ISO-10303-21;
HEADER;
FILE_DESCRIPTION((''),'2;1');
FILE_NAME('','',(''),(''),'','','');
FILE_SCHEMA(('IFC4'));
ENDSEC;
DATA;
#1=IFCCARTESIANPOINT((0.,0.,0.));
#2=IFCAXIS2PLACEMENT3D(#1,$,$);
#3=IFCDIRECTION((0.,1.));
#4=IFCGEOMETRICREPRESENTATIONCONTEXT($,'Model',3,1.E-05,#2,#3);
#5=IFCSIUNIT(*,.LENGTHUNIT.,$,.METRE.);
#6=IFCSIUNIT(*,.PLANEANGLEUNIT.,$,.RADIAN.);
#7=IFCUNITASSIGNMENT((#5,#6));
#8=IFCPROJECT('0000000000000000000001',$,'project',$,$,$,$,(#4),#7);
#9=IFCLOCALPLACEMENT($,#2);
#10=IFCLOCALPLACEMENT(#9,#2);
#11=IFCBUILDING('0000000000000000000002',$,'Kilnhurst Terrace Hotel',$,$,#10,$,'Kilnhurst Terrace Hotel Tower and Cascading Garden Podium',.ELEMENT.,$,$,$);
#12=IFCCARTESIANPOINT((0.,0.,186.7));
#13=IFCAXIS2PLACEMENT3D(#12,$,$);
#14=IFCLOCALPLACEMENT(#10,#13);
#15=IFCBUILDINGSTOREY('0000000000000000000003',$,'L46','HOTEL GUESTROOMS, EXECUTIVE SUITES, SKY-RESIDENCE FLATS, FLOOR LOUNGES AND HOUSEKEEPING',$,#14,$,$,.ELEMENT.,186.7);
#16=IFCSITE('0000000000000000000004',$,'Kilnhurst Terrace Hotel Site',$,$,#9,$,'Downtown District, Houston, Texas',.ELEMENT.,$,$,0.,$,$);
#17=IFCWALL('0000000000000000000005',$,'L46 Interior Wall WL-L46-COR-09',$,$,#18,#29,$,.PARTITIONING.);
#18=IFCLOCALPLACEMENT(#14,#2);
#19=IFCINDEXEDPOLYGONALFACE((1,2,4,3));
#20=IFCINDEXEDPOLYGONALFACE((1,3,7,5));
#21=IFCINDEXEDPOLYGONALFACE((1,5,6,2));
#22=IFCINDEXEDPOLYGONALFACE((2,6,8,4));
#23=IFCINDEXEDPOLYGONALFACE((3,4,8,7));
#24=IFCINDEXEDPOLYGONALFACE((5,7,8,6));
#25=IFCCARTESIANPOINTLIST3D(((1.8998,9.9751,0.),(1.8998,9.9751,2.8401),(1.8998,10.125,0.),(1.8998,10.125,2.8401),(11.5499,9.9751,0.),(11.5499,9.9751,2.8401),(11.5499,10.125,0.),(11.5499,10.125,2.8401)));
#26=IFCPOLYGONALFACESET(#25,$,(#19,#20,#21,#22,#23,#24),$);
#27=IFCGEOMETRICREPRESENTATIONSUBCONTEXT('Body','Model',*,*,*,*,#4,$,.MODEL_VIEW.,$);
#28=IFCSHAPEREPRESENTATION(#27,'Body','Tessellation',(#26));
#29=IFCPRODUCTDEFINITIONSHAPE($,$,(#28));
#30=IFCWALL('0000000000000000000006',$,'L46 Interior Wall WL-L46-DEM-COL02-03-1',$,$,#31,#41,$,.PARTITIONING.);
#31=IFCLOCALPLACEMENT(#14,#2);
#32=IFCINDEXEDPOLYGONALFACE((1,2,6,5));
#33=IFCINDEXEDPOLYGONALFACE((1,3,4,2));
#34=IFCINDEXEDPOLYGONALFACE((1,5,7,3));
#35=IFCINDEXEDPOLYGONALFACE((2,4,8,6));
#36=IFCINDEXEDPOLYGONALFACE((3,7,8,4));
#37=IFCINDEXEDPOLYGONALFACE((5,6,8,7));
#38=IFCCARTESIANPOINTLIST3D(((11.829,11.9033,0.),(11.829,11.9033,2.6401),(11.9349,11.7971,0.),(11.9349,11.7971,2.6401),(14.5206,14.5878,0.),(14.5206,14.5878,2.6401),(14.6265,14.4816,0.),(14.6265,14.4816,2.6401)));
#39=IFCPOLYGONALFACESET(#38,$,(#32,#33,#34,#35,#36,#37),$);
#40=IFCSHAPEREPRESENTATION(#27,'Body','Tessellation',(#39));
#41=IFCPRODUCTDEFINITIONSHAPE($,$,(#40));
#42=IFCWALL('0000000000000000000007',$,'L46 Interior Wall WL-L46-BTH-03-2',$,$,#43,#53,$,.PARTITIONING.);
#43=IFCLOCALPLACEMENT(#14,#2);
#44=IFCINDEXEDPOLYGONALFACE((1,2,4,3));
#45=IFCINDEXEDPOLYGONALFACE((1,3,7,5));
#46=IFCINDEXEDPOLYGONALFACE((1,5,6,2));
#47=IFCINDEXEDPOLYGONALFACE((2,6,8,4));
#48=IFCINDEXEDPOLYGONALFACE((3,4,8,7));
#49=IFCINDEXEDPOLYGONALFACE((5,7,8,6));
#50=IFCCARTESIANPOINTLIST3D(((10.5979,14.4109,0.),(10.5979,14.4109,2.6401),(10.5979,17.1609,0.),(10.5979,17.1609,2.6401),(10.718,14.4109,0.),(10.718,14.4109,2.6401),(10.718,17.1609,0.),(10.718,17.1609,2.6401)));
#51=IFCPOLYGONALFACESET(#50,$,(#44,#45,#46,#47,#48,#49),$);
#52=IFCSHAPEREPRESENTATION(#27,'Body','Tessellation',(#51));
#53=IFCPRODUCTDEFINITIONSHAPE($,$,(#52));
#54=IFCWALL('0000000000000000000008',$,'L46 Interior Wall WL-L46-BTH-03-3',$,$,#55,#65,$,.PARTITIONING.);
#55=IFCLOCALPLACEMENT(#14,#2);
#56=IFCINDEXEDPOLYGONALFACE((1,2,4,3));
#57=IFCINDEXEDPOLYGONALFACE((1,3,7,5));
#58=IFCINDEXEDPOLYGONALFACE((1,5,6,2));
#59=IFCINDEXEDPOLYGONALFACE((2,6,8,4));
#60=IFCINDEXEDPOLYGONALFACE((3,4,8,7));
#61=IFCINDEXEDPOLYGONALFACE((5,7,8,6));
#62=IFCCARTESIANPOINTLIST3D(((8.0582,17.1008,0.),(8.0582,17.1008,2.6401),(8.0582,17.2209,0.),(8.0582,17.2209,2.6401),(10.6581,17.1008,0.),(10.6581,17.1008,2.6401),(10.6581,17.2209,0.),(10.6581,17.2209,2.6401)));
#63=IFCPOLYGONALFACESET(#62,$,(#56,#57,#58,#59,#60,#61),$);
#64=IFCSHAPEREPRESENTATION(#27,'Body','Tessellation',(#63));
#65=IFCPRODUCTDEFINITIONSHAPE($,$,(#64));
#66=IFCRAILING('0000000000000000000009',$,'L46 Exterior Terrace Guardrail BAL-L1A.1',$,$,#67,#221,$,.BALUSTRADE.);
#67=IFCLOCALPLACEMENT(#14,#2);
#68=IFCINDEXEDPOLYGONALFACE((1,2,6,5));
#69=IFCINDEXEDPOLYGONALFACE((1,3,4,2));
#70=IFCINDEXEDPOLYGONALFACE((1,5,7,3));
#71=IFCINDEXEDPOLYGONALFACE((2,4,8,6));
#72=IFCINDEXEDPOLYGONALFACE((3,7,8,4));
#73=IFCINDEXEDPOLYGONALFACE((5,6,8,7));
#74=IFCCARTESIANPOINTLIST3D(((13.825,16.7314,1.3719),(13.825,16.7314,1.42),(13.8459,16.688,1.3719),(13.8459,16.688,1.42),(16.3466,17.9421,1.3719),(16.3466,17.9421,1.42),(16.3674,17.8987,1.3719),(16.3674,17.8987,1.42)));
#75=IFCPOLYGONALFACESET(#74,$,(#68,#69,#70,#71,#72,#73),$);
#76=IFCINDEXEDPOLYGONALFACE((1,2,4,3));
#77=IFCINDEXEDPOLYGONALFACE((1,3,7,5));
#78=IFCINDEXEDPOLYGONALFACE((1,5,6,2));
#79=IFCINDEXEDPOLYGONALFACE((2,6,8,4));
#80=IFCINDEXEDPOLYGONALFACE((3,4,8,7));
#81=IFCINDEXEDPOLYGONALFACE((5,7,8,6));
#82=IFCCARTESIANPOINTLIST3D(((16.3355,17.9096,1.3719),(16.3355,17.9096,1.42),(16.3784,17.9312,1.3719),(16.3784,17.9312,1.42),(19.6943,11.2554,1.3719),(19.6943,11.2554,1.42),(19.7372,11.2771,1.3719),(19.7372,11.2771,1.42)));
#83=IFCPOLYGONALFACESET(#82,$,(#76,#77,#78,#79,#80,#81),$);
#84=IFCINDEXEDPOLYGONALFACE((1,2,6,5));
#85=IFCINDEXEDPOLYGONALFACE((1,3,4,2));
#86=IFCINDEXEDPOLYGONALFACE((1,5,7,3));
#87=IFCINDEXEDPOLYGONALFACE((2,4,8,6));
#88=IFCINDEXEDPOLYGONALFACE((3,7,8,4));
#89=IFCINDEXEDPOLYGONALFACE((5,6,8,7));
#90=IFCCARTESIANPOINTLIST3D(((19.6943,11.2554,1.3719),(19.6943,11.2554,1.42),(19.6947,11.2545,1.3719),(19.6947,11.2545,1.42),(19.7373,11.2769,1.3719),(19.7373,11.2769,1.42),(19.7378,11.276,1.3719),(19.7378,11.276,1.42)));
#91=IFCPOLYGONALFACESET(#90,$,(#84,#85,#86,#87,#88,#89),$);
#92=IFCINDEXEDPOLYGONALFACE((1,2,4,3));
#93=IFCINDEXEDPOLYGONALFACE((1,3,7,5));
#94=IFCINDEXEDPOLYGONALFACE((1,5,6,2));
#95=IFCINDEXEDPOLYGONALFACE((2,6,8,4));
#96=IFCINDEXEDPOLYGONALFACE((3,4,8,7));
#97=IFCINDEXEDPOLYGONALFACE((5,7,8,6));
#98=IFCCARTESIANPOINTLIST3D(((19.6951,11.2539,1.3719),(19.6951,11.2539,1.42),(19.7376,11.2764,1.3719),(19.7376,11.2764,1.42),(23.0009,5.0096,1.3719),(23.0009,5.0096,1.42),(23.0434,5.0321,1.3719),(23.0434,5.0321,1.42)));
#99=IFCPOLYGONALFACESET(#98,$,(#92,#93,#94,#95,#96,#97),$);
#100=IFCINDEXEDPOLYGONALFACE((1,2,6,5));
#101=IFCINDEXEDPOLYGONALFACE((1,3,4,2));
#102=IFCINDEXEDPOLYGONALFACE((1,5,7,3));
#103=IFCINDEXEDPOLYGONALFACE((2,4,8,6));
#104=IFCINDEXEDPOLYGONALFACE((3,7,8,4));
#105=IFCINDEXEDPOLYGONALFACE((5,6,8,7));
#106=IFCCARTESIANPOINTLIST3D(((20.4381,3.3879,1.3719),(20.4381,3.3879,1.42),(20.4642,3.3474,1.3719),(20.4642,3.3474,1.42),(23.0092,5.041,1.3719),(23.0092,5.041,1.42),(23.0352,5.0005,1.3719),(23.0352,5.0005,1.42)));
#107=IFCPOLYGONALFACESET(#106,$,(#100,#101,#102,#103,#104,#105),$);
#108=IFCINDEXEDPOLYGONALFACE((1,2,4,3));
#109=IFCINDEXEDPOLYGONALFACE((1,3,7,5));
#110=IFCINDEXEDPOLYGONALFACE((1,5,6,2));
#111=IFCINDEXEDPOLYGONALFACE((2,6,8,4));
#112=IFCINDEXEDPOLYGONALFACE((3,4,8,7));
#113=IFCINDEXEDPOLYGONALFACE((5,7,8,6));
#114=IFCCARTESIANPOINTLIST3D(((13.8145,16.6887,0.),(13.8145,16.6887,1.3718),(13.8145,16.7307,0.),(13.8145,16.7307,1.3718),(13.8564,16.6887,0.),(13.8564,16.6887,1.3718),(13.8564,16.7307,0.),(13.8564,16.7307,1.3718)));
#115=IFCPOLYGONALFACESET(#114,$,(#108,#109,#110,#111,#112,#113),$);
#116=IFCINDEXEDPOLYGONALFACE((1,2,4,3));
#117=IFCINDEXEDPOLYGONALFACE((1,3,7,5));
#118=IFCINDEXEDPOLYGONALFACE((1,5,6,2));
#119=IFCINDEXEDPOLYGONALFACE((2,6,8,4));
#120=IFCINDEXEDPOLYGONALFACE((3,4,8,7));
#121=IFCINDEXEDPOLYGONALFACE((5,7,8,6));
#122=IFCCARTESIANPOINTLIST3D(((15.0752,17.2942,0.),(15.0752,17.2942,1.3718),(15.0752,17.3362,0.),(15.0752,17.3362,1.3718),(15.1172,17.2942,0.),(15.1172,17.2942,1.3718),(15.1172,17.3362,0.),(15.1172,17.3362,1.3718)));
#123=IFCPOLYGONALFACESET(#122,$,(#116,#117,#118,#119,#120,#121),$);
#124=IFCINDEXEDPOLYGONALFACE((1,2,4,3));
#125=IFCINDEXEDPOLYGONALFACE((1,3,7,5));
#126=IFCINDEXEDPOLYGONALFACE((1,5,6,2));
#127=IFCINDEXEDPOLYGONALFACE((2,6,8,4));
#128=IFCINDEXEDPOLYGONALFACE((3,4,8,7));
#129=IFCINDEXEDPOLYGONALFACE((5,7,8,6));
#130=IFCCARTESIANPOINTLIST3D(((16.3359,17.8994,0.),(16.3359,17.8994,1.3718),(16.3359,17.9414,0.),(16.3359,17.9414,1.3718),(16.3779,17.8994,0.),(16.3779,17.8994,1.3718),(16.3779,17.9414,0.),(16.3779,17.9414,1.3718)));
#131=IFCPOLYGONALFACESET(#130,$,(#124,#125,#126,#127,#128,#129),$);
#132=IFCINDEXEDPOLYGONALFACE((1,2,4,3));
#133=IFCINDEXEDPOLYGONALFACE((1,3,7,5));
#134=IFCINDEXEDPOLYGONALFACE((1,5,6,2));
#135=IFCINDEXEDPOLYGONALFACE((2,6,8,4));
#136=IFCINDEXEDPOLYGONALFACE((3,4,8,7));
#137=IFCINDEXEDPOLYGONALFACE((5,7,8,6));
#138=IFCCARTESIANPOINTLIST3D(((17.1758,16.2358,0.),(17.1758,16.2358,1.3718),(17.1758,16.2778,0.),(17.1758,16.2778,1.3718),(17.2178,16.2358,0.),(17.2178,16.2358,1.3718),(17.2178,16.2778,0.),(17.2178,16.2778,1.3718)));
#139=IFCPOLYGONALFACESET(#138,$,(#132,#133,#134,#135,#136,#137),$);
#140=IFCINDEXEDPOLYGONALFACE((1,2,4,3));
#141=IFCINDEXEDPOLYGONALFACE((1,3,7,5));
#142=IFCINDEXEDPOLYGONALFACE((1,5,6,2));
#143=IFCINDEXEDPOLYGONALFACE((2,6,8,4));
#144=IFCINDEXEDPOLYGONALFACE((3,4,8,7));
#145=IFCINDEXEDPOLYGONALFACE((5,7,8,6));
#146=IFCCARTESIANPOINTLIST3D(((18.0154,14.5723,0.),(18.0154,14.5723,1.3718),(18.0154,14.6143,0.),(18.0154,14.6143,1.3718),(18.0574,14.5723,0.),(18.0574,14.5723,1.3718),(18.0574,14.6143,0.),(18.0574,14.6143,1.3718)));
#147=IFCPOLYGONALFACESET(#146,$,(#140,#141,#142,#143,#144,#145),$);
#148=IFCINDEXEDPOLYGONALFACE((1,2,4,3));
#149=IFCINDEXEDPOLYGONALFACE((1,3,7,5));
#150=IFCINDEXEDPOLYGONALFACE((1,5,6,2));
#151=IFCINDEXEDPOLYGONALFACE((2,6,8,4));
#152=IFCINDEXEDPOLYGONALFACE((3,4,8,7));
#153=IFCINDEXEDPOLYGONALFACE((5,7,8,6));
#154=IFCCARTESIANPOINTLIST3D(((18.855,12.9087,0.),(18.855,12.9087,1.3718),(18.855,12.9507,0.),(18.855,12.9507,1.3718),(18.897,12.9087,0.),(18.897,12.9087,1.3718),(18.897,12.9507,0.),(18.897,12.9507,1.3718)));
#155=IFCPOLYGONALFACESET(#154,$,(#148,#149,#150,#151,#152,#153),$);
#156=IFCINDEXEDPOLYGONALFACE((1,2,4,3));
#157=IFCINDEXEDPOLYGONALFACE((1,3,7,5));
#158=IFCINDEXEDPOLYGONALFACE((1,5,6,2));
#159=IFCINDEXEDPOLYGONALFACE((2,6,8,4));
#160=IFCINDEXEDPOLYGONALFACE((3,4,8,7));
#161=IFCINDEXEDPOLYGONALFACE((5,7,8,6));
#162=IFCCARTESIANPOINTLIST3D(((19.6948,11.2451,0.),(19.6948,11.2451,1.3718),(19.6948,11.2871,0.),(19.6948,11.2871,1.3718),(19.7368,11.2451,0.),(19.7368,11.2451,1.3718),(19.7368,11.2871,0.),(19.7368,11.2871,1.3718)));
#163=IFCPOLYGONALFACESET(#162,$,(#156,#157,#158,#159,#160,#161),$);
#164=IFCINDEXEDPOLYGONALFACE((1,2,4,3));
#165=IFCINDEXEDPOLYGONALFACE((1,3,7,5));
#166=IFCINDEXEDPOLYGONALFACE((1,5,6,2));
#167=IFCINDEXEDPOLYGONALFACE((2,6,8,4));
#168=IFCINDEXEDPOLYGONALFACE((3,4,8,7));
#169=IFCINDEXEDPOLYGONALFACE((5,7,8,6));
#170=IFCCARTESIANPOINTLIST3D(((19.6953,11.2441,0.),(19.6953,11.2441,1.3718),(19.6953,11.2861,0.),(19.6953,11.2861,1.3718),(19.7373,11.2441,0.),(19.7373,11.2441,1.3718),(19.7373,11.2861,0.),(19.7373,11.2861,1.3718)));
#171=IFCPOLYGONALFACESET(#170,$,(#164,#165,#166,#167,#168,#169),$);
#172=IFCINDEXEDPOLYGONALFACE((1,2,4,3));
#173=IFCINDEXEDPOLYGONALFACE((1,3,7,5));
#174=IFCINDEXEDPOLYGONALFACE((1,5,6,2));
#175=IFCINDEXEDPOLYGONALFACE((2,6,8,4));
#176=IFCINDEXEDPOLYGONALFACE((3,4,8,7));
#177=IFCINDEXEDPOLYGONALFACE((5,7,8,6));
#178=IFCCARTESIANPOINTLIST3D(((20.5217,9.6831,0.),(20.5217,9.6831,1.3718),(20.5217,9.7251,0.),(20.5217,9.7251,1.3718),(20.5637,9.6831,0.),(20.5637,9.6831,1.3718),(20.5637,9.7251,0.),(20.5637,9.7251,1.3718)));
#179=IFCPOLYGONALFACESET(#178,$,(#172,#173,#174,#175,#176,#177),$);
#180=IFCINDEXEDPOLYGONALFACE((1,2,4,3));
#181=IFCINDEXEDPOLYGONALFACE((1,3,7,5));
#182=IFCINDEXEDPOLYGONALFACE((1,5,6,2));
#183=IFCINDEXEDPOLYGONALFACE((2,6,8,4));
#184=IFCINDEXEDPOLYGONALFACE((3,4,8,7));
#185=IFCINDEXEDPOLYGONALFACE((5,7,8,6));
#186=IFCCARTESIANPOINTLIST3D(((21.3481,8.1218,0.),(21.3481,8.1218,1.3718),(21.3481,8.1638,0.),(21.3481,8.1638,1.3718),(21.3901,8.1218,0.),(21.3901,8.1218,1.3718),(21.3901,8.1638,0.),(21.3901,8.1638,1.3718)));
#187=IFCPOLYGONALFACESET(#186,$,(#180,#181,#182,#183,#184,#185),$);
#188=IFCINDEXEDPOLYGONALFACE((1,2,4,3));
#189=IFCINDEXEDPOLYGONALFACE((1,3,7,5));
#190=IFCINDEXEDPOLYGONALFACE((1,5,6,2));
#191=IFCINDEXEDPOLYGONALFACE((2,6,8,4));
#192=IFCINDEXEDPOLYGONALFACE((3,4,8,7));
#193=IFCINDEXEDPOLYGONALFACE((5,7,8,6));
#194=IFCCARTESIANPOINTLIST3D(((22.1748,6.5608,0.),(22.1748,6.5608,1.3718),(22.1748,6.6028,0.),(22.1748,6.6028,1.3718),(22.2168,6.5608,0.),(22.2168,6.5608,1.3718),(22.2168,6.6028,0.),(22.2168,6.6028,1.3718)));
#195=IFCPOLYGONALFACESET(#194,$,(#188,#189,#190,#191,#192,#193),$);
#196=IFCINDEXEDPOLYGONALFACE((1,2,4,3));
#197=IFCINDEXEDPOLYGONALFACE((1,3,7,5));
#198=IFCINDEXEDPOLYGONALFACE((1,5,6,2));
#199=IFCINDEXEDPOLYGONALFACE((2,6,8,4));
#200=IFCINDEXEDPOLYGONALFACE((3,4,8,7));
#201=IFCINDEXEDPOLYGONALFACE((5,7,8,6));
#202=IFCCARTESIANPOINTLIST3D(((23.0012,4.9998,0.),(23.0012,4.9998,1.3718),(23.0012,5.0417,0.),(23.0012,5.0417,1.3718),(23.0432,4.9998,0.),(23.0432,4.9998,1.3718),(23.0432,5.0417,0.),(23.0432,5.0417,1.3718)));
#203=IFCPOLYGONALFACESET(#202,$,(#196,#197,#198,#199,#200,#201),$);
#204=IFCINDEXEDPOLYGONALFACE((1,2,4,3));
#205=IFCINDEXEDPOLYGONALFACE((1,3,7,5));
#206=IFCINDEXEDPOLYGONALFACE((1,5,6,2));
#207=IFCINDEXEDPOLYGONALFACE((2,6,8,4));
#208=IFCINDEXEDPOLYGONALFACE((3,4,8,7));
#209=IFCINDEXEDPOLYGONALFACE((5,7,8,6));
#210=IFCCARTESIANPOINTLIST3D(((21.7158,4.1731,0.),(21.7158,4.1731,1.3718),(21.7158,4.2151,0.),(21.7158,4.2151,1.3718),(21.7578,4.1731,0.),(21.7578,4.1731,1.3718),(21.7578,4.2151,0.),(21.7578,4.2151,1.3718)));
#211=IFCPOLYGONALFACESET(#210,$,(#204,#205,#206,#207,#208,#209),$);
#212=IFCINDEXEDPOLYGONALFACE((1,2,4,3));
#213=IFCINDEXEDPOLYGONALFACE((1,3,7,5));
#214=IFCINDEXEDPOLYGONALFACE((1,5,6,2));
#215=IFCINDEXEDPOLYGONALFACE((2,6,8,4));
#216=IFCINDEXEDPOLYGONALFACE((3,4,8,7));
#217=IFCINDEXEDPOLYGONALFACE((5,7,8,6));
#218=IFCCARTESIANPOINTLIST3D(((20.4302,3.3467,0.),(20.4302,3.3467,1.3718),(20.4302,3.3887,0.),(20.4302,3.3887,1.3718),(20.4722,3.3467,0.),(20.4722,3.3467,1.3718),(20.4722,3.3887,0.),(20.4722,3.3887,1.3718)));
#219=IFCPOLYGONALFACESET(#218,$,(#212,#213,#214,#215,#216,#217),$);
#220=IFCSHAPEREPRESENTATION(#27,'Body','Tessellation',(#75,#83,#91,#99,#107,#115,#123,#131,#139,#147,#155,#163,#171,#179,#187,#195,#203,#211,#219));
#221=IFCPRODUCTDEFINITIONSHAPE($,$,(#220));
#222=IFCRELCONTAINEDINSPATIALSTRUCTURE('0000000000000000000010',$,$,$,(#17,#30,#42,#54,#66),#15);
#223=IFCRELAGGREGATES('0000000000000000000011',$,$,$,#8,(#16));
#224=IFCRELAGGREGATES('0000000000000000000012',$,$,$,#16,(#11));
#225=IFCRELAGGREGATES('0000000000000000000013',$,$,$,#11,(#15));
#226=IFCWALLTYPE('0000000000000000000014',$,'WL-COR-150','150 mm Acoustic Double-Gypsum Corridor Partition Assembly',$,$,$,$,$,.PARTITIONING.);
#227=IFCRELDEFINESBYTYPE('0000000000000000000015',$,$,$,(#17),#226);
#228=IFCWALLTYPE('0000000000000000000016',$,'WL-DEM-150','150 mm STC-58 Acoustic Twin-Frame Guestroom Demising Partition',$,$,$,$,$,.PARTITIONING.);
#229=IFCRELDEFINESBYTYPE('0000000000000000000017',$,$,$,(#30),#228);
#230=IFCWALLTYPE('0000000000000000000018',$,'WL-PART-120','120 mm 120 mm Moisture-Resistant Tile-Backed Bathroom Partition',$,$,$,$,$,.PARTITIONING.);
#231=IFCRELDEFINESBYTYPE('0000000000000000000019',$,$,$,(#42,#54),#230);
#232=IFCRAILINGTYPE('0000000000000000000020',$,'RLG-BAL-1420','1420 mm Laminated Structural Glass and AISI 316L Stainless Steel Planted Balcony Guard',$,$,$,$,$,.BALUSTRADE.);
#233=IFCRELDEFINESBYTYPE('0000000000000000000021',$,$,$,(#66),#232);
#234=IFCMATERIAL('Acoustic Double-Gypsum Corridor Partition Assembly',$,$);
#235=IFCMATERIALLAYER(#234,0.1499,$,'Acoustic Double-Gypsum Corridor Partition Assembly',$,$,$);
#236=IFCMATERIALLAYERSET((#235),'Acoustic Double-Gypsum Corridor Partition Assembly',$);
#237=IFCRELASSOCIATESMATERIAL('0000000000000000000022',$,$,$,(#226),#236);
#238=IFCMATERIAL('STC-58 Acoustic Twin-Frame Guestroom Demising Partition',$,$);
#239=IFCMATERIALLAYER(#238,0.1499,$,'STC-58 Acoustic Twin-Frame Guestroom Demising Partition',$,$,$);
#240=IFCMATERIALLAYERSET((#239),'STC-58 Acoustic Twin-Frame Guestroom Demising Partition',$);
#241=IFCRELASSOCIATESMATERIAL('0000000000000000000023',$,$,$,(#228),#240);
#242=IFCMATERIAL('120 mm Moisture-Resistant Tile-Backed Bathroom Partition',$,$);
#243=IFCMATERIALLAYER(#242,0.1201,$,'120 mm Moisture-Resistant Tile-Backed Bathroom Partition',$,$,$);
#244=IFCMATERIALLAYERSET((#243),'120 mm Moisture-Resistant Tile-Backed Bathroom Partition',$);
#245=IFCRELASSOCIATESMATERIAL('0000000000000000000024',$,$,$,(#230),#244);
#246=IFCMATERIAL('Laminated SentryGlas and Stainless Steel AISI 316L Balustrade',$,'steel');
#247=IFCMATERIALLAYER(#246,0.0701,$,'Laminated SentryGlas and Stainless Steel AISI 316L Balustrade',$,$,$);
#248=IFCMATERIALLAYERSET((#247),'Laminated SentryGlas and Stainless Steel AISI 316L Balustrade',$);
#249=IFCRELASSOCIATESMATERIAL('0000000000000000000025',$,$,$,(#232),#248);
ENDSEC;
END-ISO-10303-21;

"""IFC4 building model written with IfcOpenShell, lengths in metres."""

from ifc_helpers import new_model, si_unit, direction, frame, frame_2d, origin, origin_2d, place, context, subcontext, project, spatial, rectangle, extrude, material, layer, layer_set, type_object, element, save


model = new_model("IFC4")

# Units and contexts
model_context = context("Model", 3, precision=1e-05, world=origin(), true_north=direction((0.0, 1.0)))
body_context = subcontext(model_context, "Body", "Model", "MODEL_VIEW")
ifc_project = project(units=[si_unit("LENGTHUNIT", "METRE"), si_unit("PLANEANGLEUNIT", "RADIAN")], contexts=[model_context])

# Site, building, storey
site_placement = place(None, origin())
site = spatial("IfcSite", under=ifc_project, at=site_placement, Name="Kilnhurst Terrace Hotel Site", LongName="Downtown District, Houston, Texas", CompositionType="ELEMENT", RefElevation=0.0)
building_placement = place(site_placement, origin())
building = spatial("IfcBuilding", under=site, at=building_placement, Name="Kilnhurst Terrace Hotel", LongName="Kilnhurst Terrace Hotel Tower and Cascading Garden Podium", CompositionType="ELEMENT")
storey_placement = place(building_placement, frame((0.0, 0.0, 186.7)))
storey = spatial("IfcBuildingStorey", under=building, at=storey_placement, Name="L46", Description="HOTEL GUESTROOMS, EXECUTIVE SUITES, SKY-RESIDENCE FLATS, FLOOR LOUNGES AND HOUSEKEEPING", CompositionType="ELEMENT", Elevation=186.7)

# Shared definitions
ifc_material_1 = material(Name="Acoustic Double-Gypsum Corridor Partition Assembly")
ifc_layer_1 = layer(ifc_material_1, 0.1499, Name="Acoustic Double-Gypsum Corridor Partition Assembly")
ifc_layer_set_1 = layer_set([ifc_layer_1], Name="Acoustic Double-Gypsum Corridor Partition Assembly")
wall_type_1 = type_object("IfcWallType", Name="WL-COR-150", Description="150 mm Acoustic Double-Gypsum Corridor Partition Assembly", PredefinedType="PARTITIONING", material=ifc_layer_set_1)

# Walls
wall_1_placement = place(storey_placement, frame((11.55, 10.05, 0.0), z_axis=(0.0, 0.0, 1.0), x_axis=(-1.0, 0.0, 0.0)))
element("IfcWall", 1, at=wall_1_placement, inside=storey, type_object=wall_type_1, Name="L46 Interior Wall WL-L46-COR-09", PredefinedType="PARTITIONING", context=body_context, shape_type="SweptSolid", body=[
    extrude(rectangle(XDim=9.6501, YDim=0.1499, at=frame_2d((4.8252, 0.0))), origin(), (0.0, 0.0, 1.0), 2.8401),
])
ifc_material_2 = material(Name="STC-58 Acoustic Twin-Frame Guestroom Demising Partition")
ifc_layer_2 = layer(ifc_material_2, 0.1499, Name="STC-58 Acoustic Twin-Frame Guestroom Demising Partition")
ifc_layer_set_2 = layer_set([ifc_layer_2], Name="STC-58 Acoustic Twin-Frame Guestroom Demising Partition")
wall_type_2 = type_object("IfcWallType", Name="WL-DEM-150", Description="150 mm STC-58 Acoustic Twin-Frame Guestroom Demising Partition", PredefinedType="PARTITIONING", material=ifc_layer_set_2)
wall_2_placement = place(storey_placement, frame((11.8818, 11.8501, 0.0), z_axis=(0.0, 0.0, 1.0), x_axis=(0.708037, 0.706175, 0.0)))
element("IfcWall", 2, at=wall_2_placement, inside=storey, type_object=wall_type_2, Name="L46 Interior Wall WL-L46-DEM-COL02-03-1", PredefinedType="PARTITIONING", context=body_context, shape_type="SweptSolid", body=[
    extrude(rectangle(XDim=3.8015, YDim=0.1499, at=frame_2d((1.9009, 0.0))), origin(), (0.0, 0.0, 1.0), 2.6401),
])
ifc_material_3 = material(Name="120 mm Moisture-Resistant Tile-Backed Bathroom Partition")
ifc_layer_3 = layer(ifc_material_3, 0.1201, Name="120 mm Moisture-Resistant Tile-Backed Bathroom Partition")
ifc_layer_set_3 = layer_set([ifc_layer_3], Name="120 mm Moisture-Resistant Tile-Backed Bathroom Partition")
wall_type_3 = type_object("IfcWallType", Name="WL-PART-120", Description="120 mm 120 mm Moisture-Resistant Tile-Backed Bathroom Partition", PredefinedType="PARTITIONING", material=ifc_layer_set_3)
wall_3_placement = place(storey_placement, frame((10.658, 14.4109, 0.0), z_axis=(0.0, 0.0, 1.0), x_axis=(0.0, 1.0, 0.0)))
element("IfcWall", 3, at=wall_3_placement, inside=storey, type_object=wall_type_3, Name="L46 Interior Wall WL-L46-BTH-03-2", PredefinedType="PARTITIONING", context=body_context, shape_type="SweptSolid", body=[
    extrude(rectangle(XDim=2.75, YDim=0.1201, at=frame_2d((1.375, 0.0))), origin(), (0.0, 0.0, 1.0), 2.6401),
])
wall_4_placement = place(storey_placement, frame((10.658, 17.1609, 0.0), z_axis=(0.0, 0.0, 1.0), x_axis=(-1.0, 0.0, 0.0)))
element("IfcWall", 4, at=wall_4_placement, inside=storey, type_object=wall_type_3, Name="L46 Interior Wall WL-L46-BTH-03-3", PredefinedType="PARTITIONING", context=body_context, shape_type="SweptSolid", body=[
    extrude(rectangle(XDim=2.5999, YDim=0.1201, at=frame_2d((1.2998, 0.0))), origin(), (0.0, 0.0, 1.0), 2.6401),
])

# Railing
ifc_material_4 = material(Name="Laminated SentryGlas and Stainless Steel AISI 316L Balustrade", Category="steel")
ifc_layer_4 = layer(ifc_material_4, 0.0701, Name="Laminated SentryGlas and Stainless Steel AISI 316L Balustrade")
ifc_layer_set_4 = layer_set([ifc_layer_4], Name="Laminated SentryGlas and Stainless Steel AISI 316L Balustrade")
railing_type = type_object("IfcRailingType", Name="RLG-BAL-1420", Description="1420 mm Laminated Structural Glass and AISI 316L Stainless Steel Planted Balcony Guard", PredefinedType="BALUSTRADE", material=ifc_layer_set_4)
railing_placement = place(storey_placement, frame((13.8354, 16.7097, 0.0)))
element("IfcRailing", 5, at=railing_placement, inside=storey, type_object=railing_type, Name="L46 Exterior Terrace Guardrail BAL-L1A.1", PredefinedType="BALUSTRADE", context=body_context, shape_type="SweptSolid", body=[
    extrude(rectangle(XDim=0.0481, YDim=0.0481, at=origin_2d()), frame((0.0, 0.0, 1.396), z_axis=(0.90147, 0.432842, 0.0), x_axis=(-0.432842, 0.90147, 0.0)), (0.0, 0.0, 1.0), 2.7971),
    extrude(rectangle(XDim=0.0481, YDim=0.0481, at=origin_2d()), frame((2.5215, 1.2107, 1.396), z_axis=(0.450617, -0.892718, 0.0), x_axis=(0.892718, 0.450617, 0.0)), (0.0, 0.0, 1.0), 7.4539),
    extrude(rectangle(XDim=0.0481, YDim=0.0481, at=origin_2d()), frame((5.8804, -5.4436, 1.396), z_axis=(0.447214, -0.894427, 0.0), x_axis=(0.894427, 0.447214, 0.0)), (0.0, 0.0, 1.0), 0.001),
    extrude(rectangle(XDim=0.0481, YDim=0.0481, at=origin_2d()), frame((5.8809, -5.4446, 1.396), z_axis=(0.467894, -0.883785, 0.0), x_axis=(0.883785, 0.467894, 0.0)), (0.0, 0.0, 1.0), 7.0654),
    extrude(rectangle(XDim=0.0481, YDim=0.0481, at=origin_2d()), frame((9.1868, -11.689, 1.396), z_axis=(-0.84114, -0.540818, 0.0), x_axis=(0.540818, -0.84114, 0.0)), (0.0, 0.0, 1.0), 3.0566),
    extrude(rectangle(XDim=0.042, YDim=0.042, at=origin_2d()), origin(), (0.0, 0.0, 1.0), 1.3718),
    extrude(rectangle(XDim=0.042, YDim=0.042, at=origin_2d()), frame((1.2607, 0.6055, 0.0)), (0.0, 0.0, 1.0), 1.3718),
    extrude(rectangle(XDim=0.042, YDim=0.042, at=origin_2d()), frame((2.5215, 1.2107, 0.0)), (0.0, 0.0, 1.0), 1.3718),
    extrude(rectangle(XDim=0.042, YDim=0.042, at=origin_2d()), frame((3.3613, -0.4529, 0.0)), (0.0, 0.0, 1.0), 1.3718),
    extrude(rectangle(XDim=0.042, YDim=0.042, at=origin_2d()), frame((4.2009, -2.1165, 0.0)), (0.0, 0.0, 1.0), 1.3718),
    extrude(rectangle(XDim=0.042, YDim=0.042, at=origin_2d()), frame((5.0405, -3.78, 0.0)), (0.0, 0.0, 1.0), 1.3718),
    extrude(rectangle(XDim=0.042, YDim=0.042, at=origin_2d()), frame((5.8804, -5.4436, 0.0)), (0.0, 0.0, 1.0), 1.3718),
    extrude(rectangle(XDim=0.042, YDim=0.042, at=origin_2d()), frame((5.8809, -5.4446, 0.0)), (0.0, 0.0, 1.0), 1.3718),
    extrude(rectangle(XDim=0.042, YDim=0.042, at=origin_2d()), frame((6.7073, -7.0056, 0.0)), (0.0, 0.0, 1.0), 1.3718),
    extrude(rectangle(XDim=0.042, YDim=0.042, at=origin_2d()), frame((7.5337, -8.5669, 0.0)), (0.0, 0.0, 1.0), 1.3718),
    extrude(rectangle(XDim=0.042, YDim=0.042, at=origin_2d()), frame((8.3604, -10.1279, 0.0)), (0.0, 0.0, 1.0), 1.3718),
    extrude(rectangle(XDim=0.042, YDim=0.042, at=origin_2d()), frame((9.1868, -11.689, 0.0)), (0.0, 0.0, 1.0), 1.3718),
    extrude(rectangle(XDim=0.042, YDim=0.042, at=origin_2d()), frame((7.9014, -12.5156, 0.0)), (0.0, 0.0, 1.0), 1.3718),
    extrude(rectangle(XDim=0.042, YDim=0.042, at=origin_2d()), frame((6.6157, -13.342, 0.0)), (0.0, 0.0, 1.0), 1.3718),
])

save(model, "model.ifc")
